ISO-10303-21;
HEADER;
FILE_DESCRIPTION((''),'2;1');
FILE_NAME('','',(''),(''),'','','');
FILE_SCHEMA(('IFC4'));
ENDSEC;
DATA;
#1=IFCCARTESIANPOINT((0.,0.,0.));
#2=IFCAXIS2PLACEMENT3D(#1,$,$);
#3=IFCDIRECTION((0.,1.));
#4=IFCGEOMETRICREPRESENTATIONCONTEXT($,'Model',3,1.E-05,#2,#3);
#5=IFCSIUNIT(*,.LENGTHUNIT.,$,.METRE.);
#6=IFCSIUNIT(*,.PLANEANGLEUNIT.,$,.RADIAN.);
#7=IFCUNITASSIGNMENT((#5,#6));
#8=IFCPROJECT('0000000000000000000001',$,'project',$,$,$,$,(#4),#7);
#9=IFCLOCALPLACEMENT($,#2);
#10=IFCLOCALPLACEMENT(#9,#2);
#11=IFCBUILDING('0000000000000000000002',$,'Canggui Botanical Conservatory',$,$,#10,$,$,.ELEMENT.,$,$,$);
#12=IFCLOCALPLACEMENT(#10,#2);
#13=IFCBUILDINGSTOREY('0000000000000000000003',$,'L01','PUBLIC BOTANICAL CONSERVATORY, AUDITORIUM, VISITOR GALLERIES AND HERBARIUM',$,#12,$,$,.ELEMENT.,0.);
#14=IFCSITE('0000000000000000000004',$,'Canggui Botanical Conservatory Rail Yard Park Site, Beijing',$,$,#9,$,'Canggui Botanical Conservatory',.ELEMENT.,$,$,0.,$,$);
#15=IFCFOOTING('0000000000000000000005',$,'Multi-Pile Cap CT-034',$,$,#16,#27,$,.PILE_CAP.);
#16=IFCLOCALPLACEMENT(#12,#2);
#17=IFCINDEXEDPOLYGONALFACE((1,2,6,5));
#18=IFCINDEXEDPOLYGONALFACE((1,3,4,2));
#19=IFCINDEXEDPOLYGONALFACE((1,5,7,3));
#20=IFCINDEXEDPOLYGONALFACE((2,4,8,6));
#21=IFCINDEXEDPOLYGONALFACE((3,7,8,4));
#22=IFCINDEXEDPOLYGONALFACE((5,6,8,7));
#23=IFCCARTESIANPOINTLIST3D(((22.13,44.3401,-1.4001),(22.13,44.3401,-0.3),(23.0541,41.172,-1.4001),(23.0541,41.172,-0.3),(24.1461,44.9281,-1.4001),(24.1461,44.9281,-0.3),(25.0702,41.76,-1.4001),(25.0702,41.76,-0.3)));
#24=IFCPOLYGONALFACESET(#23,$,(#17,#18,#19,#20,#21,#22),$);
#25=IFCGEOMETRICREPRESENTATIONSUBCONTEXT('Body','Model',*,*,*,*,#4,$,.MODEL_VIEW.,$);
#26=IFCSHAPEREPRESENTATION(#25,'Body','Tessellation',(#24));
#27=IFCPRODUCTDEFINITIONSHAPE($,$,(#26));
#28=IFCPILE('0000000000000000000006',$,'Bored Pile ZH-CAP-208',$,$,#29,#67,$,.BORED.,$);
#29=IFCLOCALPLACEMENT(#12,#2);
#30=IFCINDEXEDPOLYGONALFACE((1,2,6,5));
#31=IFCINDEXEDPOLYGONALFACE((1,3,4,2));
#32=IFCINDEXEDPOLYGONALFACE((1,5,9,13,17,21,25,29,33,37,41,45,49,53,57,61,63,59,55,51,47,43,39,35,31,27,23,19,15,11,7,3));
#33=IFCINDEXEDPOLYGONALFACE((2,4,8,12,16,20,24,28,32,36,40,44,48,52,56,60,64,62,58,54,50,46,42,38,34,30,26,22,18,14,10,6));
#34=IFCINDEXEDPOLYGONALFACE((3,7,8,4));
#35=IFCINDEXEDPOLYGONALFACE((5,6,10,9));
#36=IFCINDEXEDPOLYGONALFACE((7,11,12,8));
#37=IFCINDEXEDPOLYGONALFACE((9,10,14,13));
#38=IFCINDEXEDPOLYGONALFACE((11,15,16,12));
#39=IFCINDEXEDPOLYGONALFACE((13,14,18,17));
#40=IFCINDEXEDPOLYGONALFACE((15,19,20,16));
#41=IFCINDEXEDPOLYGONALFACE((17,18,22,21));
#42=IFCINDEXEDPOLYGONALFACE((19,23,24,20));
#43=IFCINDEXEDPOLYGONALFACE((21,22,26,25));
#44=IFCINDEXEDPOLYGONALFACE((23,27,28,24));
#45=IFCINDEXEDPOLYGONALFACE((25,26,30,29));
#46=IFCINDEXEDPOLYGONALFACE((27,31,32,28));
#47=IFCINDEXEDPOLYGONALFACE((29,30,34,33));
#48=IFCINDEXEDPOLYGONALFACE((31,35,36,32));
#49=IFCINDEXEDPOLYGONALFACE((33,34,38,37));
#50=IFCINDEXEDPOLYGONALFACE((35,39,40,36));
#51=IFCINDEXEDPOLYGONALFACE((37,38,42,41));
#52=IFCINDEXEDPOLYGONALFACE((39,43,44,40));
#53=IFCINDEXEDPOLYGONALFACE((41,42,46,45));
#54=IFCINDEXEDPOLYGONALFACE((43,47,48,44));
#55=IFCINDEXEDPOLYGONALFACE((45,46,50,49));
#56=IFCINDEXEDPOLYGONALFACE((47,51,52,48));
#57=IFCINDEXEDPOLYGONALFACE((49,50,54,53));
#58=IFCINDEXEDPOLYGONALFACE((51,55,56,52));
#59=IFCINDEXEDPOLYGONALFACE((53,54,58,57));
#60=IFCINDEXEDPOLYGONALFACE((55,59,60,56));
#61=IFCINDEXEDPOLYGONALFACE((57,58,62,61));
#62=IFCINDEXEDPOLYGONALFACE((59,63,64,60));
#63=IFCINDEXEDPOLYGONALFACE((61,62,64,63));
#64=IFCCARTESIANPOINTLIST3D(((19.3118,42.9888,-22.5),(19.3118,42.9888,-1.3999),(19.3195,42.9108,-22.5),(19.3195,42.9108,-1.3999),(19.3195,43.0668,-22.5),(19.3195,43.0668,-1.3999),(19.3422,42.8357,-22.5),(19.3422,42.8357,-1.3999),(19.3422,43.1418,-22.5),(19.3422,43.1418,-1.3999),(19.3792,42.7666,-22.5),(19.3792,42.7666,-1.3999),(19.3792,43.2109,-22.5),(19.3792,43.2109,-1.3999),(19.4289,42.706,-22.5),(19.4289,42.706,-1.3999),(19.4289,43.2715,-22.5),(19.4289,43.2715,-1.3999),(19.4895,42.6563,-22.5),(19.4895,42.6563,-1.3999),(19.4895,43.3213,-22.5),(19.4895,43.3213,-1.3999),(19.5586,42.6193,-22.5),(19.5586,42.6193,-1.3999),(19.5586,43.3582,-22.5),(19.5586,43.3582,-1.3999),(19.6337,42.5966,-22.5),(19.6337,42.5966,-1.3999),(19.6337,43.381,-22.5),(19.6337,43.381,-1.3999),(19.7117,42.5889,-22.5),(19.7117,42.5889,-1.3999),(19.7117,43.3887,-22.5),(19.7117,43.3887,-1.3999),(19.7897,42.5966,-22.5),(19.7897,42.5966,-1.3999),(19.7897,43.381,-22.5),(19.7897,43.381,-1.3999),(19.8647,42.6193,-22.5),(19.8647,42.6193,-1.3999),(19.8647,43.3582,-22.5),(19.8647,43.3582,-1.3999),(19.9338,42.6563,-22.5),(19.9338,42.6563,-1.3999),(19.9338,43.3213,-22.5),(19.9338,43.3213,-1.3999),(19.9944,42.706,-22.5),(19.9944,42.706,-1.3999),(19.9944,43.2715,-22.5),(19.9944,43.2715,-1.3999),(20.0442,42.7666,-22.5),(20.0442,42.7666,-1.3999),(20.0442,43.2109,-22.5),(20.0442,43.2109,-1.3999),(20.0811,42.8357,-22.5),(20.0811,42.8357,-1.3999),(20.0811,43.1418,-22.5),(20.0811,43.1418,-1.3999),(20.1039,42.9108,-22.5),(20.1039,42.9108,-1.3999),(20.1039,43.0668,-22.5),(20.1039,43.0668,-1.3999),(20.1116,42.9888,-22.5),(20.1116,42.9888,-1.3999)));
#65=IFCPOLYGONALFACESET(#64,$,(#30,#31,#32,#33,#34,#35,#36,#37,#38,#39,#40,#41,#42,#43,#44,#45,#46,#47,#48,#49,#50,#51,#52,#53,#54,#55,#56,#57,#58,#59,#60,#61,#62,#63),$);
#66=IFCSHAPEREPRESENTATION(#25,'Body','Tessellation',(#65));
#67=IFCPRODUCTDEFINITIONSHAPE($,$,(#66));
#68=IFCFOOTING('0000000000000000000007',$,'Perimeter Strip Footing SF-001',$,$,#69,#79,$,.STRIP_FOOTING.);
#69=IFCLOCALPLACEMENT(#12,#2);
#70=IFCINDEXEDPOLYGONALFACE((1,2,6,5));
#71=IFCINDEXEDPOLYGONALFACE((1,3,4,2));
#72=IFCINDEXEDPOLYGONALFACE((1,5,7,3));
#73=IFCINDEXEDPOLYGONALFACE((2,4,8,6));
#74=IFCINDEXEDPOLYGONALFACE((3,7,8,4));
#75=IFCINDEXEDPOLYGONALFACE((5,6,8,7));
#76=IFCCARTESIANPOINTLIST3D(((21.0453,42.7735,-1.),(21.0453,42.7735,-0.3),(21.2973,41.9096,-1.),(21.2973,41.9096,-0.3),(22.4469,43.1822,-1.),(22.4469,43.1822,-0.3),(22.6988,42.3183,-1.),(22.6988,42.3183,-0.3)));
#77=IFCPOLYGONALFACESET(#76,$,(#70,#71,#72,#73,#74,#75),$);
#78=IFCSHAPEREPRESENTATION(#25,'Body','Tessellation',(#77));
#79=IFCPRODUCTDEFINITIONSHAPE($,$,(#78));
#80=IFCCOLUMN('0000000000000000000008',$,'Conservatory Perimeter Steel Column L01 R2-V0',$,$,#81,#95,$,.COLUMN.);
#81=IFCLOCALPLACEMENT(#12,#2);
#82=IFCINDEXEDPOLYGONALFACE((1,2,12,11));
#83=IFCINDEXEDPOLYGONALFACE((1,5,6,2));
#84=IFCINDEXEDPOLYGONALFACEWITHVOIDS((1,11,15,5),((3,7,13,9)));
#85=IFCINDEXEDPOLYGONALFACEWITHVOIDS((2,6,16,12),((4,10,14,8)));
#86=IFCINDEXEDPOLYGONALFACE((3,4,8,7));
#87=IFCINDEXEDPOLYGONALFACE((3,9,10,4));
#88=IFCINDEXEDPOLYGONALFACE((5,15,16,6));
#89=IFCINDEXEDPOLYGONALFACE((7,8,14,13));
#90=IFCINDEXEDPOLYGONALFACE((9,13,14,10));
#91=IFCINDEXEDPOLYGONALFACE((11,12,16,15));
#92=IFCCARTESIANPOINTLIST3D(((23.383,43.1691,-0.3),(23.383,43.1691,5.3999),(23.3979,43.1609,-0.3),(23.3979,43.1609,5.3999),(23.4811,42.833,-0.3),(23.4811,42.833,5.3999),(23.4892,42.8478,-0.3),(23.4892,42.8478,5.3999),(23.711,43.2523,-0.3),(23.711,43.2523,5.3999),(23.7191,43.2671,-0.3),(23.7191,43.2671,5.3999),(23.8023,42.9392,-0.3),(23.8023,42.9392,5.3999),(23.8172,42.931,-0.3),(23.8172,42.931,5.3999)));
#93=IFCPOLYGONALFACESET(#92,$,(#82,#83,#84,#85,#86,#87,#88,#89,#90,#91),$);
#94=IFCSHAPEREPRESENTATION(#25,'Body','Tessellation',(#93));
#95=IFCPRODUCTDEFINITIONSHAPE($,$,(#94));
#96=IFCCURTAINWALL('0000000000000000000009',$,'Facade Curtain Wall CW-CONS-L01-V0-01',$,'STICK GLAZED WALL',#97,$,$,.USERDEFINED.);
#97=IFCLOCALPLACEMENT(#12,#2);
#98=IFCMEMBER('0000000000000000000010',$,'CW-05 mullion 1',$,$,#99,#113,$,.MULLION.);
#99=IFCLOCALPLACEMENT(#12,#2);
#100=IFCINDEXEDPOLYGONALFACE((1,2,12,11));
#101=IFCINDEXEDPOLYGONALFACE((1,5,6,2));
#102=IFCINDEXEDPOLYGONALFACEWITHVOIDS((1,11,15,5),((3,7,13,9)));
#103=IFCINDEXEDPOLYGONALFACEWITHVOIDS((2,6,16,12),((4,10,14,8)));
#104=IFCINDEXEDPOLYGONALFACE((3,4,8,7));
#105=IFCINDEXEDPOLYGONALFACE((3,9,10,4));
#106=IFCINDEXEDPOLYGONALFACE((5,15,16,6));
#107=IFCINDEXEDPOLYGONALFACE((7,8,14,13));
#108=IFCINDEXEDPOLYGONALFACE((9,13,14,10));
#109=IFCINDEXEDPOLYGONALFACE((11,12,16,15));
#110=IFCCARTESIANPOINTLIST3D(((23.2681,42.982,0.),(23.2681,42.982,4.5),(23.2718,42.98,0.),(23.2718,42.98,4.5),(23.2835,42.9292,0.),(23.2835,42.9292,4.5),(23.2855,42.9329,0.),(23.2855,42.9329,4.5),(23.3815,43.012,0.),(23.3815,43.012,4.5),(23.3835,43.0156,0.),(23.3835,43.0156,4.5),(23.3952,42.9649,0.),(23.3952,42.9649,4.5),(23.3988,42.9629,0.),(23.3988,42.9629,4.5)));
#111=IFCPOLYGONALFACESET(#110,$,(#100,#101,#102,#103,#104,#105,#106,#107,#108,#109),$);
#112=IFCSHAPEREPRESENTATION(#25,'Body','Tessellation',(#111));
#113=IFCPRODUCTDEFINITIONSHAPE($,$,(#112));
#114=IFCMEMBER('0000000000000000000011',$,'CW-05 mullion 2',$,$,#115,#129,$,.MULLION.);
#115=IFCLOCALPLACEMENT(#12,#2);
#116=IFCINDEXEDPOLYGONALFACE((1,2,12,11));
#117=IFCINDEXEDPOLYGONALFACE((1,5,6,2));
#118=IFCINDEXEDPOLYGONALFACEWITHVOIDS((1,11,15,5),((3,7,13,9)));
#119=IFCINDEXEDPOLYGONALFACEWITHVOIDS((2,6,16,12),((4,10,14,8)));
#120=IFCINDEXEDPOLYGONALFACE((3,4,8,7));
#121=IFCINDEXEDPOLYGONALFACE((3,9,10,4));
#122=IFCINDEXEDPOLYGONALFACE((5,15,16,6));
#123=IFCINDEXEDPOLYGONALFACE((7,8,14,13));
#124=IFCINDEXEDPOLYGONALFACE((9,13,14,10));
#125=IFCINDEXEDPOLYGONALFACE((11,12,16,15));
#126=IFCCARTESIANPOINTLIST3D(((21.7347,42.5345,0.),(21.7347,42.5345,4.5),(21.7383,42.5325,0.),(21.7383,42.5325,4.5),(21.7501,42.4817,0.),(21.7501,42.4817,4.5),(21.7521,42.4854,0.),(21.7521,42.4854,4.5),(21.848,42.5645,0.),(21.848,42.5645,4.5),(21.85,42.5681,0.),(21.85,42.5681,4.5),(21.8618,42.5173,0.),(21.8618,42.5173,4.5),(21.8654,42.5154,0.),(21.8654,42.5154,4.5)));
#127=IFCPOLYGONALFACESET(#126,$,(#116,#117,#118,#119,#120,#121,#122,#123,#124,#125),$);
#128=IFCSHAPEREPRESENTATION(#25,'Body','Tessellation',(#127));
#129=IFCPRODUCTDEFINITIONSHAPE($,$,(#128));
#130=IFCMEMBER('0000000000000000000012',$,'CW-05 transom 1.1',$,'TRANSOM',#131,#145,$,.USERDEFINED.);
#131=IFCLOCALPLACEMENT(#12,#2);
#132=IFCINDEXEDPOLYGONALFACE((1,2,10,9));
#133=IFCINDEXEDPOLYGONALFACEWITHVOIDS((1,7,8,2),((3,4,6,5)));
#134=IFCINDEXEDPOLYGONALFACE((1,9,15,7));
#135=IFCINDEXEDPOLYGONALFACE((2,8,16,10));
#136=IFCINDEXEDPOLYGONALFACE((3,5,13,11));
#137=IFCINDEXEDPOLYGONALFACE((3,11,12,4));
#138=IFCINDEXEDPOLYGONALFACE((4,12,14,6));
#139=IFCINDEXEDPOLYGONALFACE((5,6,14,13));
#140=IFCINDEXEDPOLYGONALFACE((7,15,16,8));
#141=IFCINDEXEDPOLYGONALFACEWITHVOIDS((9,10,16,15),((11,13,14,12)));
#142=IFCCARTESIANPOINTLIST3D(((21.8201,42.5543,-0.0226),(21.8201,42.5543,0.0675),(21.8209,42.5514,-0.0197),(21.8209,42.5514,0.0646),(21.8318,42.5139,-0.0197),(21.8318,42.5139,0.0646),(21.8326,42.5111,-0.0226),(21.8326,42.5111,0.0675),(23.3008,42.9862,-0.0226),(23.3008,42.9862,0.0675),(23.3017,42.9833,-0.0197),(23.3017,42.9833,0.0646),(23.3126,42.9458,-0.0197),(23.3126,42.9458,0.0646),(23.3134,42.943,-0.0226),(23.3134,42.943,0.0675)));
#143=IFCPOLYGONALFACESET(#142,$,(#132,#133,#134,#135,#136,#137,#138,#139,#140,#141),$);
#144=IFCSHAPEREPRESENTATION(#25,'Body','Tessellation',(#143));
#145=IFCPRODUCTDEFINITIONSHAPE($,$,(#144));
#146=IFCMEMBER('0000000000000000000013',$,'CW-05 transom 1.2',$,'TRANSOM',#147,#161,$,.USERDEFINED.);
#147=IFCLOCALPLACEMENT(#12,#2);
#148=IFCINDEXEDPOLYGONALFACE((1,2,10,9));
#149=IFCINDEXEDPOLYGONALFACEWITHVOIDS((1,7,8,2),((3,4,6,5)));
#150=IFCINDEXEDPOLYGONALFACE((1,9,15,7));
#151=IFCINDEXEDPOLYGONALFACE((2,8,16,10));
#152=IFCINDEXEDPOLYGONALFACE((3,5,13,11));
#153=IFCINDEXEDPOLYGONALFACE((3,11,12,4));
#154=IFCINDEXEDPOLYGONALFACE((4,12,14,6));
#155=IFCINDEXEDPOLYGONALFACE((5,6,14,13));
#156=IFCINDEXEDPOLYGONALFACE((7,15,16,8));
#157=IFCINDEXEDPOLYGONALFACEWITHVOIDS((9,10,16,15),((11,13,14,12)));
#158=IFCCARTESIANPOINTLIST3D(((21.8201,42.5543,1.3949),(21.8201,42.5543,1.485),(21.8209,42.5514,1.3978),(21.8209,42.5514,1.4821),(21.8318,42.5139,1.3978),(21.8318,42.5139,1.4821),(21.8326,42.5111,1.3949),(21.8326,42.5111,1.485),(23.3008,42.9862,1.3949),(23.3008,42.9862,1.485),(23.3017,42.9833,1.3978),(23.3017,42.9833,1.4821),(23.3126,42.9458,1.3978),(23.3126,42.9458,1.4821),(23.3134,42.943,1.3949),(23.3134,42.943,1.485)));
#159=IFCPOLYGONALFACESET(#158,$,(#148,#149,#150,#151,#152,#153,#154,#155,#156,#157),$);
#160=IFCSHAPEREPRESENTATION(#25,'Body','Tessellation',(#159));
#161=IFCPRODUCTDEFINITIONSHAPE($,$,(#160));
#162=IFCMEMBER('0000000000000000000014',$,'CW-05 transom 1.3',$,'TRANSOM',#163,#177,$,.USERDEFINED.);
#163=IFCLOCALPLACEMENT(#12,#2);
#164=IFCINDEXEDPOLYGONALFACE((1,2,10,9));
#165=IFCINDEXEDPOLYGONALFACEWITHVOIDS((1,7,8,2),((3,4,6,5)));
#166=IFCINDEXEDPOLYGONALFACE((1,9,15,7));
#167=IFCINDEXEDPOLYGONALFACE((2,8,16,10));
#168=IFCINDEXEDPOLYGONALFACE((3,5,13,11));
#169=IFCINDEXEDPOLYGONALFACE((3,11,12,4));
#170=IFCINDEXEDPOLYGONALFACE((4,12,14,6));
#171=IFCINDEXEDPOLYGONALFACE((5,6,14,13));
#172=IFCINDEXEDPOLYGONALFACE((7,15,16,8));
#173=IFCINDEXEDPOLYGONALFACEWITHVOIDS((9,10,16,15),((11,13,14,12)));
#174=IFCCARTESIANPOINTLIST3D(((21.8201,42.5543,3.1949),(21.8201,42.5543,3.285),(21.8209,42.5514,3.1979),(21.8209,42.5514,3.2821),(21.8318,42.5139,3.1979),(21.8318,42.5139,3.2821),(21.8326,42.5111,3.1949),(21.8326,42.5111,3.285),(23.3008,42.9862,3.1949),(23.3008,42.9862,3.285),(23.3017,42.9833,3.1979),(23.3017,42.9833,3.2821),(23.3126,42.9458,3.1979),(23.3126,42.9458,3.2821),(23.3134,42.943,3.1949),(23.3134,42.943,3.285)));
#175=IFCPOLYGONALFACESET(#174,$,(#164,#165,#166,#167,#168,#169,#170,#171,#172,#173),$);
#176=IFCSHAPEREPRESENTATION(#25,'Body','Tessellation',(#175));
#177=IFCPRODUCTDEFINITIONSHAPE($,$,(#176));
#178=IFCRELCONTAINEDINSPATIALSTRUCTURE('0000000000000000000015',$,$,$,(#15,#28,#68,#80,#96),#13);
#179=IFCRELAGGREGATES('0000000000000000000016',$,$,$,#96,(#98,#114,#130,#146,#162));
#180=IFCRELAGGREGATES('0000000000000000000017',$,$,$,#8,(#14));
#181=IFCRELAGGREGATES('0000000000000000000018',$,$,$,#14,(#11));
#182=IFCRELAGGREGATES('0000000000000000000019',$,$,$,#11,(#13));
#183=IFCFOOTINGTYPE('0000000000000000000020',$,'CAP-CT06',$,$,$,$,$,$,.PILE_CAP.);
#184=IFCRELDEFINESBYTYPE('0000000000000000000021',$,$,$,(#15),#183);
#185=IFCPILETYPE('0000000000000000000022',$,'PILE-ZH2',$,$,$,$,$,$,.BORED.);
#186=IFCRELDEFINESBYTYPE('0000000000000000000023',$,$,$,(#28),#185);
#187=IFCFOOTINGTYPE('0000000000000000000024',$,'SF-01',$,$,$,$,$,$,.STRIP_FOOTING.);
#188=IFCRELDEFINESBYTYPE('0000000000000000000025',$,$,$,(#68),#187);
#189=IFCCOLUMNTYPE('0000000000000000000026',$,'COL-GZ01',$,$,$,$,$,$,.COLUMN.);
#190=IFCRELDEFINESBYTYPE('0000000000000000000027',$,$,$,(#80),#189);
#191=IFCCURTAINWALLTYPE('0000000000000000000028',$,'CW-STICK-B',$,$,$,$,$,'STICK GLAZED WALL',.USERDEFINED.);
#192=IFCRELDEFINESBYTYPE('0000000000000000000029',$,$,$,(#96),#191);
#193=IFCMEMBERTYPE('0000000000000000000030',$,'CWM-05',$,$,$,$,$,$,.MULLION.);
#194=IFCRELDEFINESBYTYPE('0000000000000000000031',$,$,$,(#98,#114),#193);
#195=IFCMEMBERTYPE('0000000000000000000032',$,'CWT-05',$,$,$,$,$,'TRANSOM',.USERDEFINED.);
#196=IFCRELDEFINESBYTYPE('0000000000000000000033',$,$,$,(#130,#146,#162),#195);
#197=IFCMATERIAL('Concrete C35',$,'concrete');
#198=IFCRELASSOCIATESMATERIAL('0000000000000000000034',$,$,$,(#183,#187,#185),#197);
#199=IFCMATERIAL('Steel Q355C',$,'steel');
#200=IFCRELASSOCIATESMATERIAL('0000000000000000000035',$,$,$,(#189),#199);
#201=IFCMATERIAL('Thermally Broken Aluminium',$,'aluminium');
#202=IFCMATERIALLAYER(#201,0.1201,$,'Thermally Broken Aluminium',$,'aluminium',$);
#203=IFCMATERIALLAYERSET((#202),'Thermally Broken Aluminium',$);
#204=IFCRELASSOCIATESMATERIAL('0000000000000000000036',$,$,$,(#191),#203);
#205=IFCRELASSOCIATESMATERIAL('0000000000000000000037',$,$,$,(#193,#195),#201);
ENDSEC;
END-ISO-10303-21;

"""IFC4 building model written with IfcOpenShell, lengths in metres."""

from ifc_helpers import new_model, si_unit, direction, frame, origin, origin_2d, place, context, subcontext, project, spatial, rectangle, hollow_rectangle, circle, extrude, material, layer, layer_set, material_profile, profile_set, type_object, element, aggregate, save


model = new_model("IFC4")

# Units and contexts
model_context = context("Model", 3, precision=1e-05, world=origin(), true_north=direction((0.0, 1.0)))
body_context = subcontext(model_context, "Body", "Model", "MODEL_VIEW")
ifc_project = project(units=[si_unit("LENGTHUNIT", "METRE"), si_unit("PLANEANGLEUNIT", "RADIAN")], contexts=[model_context])

# Site, building, storey
site_placement = place(None, origin())
site = spatial("IfcSite", under=ifc_project, at=site_placement, Name="Canggui Botanical Conservatory Rail Yard Park Site, Beijing", LongName="Canggui Botanical Conservatory", CompositionType="ELEMENT", RefElevation=0.0)
building_placement = place(site_placement, origin())
building = spatial("IfcBuilding", under=site, at=building_placement, Name="Canggui Botanical Conservatory", CompositionType="ELEMENT")
storey_placement = place(building_placement, origin())
storey = spatial("IfcBuildingStorey", under=building, at=storey_placement, Name="L01", Description="PUBLIC BOTANICAL CONSERVATORY, AUDITORIUM, VISITOR GALLERIES AND HERBARIUM", CompositionType="ELEMENT", Elevation=0.0)

# Footing
ifc_material_1 = material(Name="Concrete C35", Category="concrete")
footing_type_1 = type_object("IfcFootingType", Name="CAP-CT06", PredefinedType="PILE_CAP", material=ifc_material_1)
footing_1_placement = place(storey_placement, frame((23.6001, 43.05, -1.4001), z_axis=(0.0, 0.0, 1.0), x_axis=(-0.28, 0.96, 0.0)))
element("IfcFooting", 1, at=footing_1_placement, inside=storey, type_object=footing_type_1, Name="Multi-Pile Cap CT-034", PredefinedType="PILE_CAP", context=body_context, shape_type="SweptSolid", body=[
    extrude(rectangle(XDim=3.3, YDim=2.1001, at=origin_2d()), origin(), (0.0, 0.0, 1.0), 1.1001),
])

# Pile
ifc_material_profile_1 = material_profile(ifc_material_1, circle(Radius=0.3999, at=origin_2d()), Name="PILE D800")
ifc_profile_set_1 = profile_set([ifc_material_profile_1], Name="Concrete C35")
pile_type = type_object("IfcPileType", Name="PILE-ZH2", PredefinedType="BORED", material=ifc_profile_set_1)
pile_placement = place(storey_placement, frame((19.7117, 42.9888, -1.3999), z_axis=(0.0, 0.0, -1.0), x_axis=(1.0, 0.0, 0.0)))
element("IfcPile", 2, at=pile_placement, inside=storey, type_object=pile_type, Name="Bored Pile ZH-CAP-208", PredefinedType="BORED", context=body_context, shape_type="SweptSolid", body=[
    extrude(circle(Radius=0.3999, at=origin_2d()), origin(), (0.0, 0.0, 1.0), 21.1001),
])

# Footing
footing_type_2 = type_object("IfcFootingType", Name="SF-01", PredefinedType="STRIP_FOOTING", material=ifc_material_1)
footing_2_placement = place(storey_placement, frame((21.8721, 42.5459, -1.0), z_axis=(0.0, 0.0, 1.0), x_axis=(0.96, 0.28, 0.0)))
element("IfcFooting", 3, at=footing_2_placement, inside=storey, type_object=footing_type_2, Name="Perimeter Strip Footing SF-001", PredefinedType="STRIP_FOOTING", context=body_context, shape_type="SweptSolid", body=[
    extrude(rectangle(XDim=1.46, YDim=0.8999, at=origin_2d()), origin(), (0.0, 0.0, 1.0), 0.7),
])

# Column
ifc_material_2 = material(Name="Steel Q355C", Category="steel")
ifc_material_profile_2 = material_profile(ifc_material_2, hollow_rectangle(XDim=0.3501, YDim=0.3501, WallThickness=0.012, at=origin_2d()), Name="SHS 350x350x12")
ifc_profile_set_2 = profile_set([ifc_material_profile_2], Name="Steel Q355C")
column_type = type_object("IfcColumnType", Name="COL-GZ01", PredefinedType="COLUMN", material=ifc_profile_set_2)
column_placement = place(storey_placement, frame((23.6001, 43.05, -0.3), z_axis=(0.0, 0.0, 1.0), x_axis=(0.96, 0.28, 0.0)))
element("IfcColumn", 4, at=column_placement, inside=storey, type_object=column_type, Name="Conservatory Perimeter Steel Column L01 R2-V0", PredefinedType="COLUMN", context=body_context, shape_type="SweptSolid", body=[
    extrude(hollow_rectangle(XDim=0.3501, YDim=0.3501, WallThickness=0.012, at=origin_2d()), origin(), (0.0, 0.0, 1.0), 5.7),
])

# Curtain wall, members
ifc_material_3 = material(Name="Thermally Broken Aluminium", Category="aluminium")
ifc_layer_1 = layer(ifc_material_3, 0.1201, Name="Thermally Broken Aluminium", Category="aluminium")
ifc_layer_set_1 = layer_set([ifc_layer_1], Name="Thermally Broken Aluminium")
curtain_wall_type = type_object("IfcCurtainWallType", Name="CW-STICK-B", ElementType="STICK GLAZED WALL", PredefinedType="USERDEFINED", material=ifc_layer_set_1)
curtain_wall_placement = place(storey_placement, origin())
curtain_wall = element("IfcCurtainWall", 5, at=curtain_wall_placement, inside=storey, type_object=curtain_wall_type, Name="Facade Curtain Wall CW-CONS-L01-V0-01", ObjectType="STICK GLAZED WALL", PredefinedType="USERDEFINED")
ifc_material_profile_3 = material_profile(ifc_material_3, hollow_rectangle(XDim=0.0549, YDim=0.1201, WallThickness=0.0029, at=origin_2d()), Name="CWM 55x120x3")
ifc_profile_set_3 = profile_set([ifc_material_profile_3], Name="Thermally Broken Aluminium")
member_type_1 = type_object("IfcMemberType", Name="CWM-05", PredefinedType="MULLION", material=ifc_profile_set_3)
member_1_placement = place(storey_placement, frame((23.3335, 42.9724, 0.0), z_axis=(0.0, 0.0, 1.0), x_axis=(0.28, -0.96, 0.0)))
member_1 = element("IfcMember", 6, at=member_1_placement, type_object=member_type_1, Name="CW-05 mullion 1", PredefinedType="MULLION", context=body_context, shape_type="SweptSolid", body=[
    extrude(hollow_rectangle(XDim=0.0549, YDim=0.1201, WallThickness=0.0029, at=origin_2d()), origin(), (0.0, 0.0, 1.0), 4.5),
])
member_2_placement = place(storey_placement, frame((21.8, 42.5249, 0.0), z_axis=(0.0, 0.0, 1.0), x_axis=(0.28, -0.96, 0.0)))
member_2 = element("IfcMember", 7, at=member_2_placement, type_object=member_type_1, Name="CW-05 mullion 2", PredefinedType="MULLION", context=body_context, shape_type="SweptSolid", body=[
    extrude(hollow_rectangle(XDim=0.0549, YDim=0.1201, WallThickness=0.0029, at=origin_2d()), origin(), (0.0, 0.0, 1.0), 4.5),
])
ifc_material_profile_4 = material_profile(ifc_material_3, hollow_rectangle(XDim=0.0449, YDim=0.0901, WallThickness=0.0029, at=origin_2d()), Name="CWT 45x90x3")
ifc_profile_set_4 = profile_set([ifc_material_profile_4], Name="Thermally Broken Aluminium")
member_type_2 = type_object("IfcMemberType", Name="CWT-05", ElementType="TRANSOM", PredefinedType="USERDEFINED", material=ifc_profile_set_4)
member_3_placement = place(storey_placement, frame((23.3071, 42.9646, 0.0225), z_axis=(-0.959998, -0.280006, 0.0), x_axis=(0.280006, -0.959998, 0.0)))
member_3 = element("IfcMember", 8, at=member_3_placement, type_object=member_type_2, Name="CW-05 transom 1.1", ObjectType="TRANSOM", PredefinedType="USERDEFINED", context=body_context, shape_type="SweptSolid", body=[
    extrude(hollow_rectangle(XDim=0.0449, YDim=0.0901, WallThickness=0.0029, at=origin_2d()), origin(), (0.0, 0.0, 1.0), 1.5425),
])
member_4_placement = place(storey_placement, frame((23.3071, 42.9646, 1.4399), z_axis=(-0.959998, -0.280006, 0.0), x_axis=(0.280006, -0.959998, 0.0)))
member_4 = element("IfcMember", 9, at=member_4_placement, type_object=member_type_2, Name="CW-05 transom 1.2", ObjectType="TRANSOM", PredefinedType="USERDEFINED", context=body_context, shape_type="SweptSolid", body=[
    extrude(hollow_rectangle(XDim=0.0449, YDim=0.0901, WallThickness=0.0029, at=origin_2d()), origin(), (0.0, 0.0, 1.0), 1.5425),
])
member_5_placement = place(storey_placement, frame((23.3071, 42.9646, 3.24), z_axis=(-0.959998, -0.280006, 0.0), x_axis=(0.280006, -0.959998, 0.0)))
member_5 = element("IfcMember", 10, at=member_5_placement, type_object=member_type_2, Name="CW-05 transom 1.3", ObjectType="TRANSOM", PredefinedType="USERDEFINED", context=body_context, shape_type="SweptSolid", body=[
    extrude(hollow_rectangle(XDim=0.0449, YDim=0.0901, WallThickness=0.0029, at=origin_2d()), origin(), (0.0, 0.0, 1.0), 1.5425),
])
aggregate(curtain_wall, [member_1, member_2, member_3, member_4, member_5])

save(model, "model.ifc")
